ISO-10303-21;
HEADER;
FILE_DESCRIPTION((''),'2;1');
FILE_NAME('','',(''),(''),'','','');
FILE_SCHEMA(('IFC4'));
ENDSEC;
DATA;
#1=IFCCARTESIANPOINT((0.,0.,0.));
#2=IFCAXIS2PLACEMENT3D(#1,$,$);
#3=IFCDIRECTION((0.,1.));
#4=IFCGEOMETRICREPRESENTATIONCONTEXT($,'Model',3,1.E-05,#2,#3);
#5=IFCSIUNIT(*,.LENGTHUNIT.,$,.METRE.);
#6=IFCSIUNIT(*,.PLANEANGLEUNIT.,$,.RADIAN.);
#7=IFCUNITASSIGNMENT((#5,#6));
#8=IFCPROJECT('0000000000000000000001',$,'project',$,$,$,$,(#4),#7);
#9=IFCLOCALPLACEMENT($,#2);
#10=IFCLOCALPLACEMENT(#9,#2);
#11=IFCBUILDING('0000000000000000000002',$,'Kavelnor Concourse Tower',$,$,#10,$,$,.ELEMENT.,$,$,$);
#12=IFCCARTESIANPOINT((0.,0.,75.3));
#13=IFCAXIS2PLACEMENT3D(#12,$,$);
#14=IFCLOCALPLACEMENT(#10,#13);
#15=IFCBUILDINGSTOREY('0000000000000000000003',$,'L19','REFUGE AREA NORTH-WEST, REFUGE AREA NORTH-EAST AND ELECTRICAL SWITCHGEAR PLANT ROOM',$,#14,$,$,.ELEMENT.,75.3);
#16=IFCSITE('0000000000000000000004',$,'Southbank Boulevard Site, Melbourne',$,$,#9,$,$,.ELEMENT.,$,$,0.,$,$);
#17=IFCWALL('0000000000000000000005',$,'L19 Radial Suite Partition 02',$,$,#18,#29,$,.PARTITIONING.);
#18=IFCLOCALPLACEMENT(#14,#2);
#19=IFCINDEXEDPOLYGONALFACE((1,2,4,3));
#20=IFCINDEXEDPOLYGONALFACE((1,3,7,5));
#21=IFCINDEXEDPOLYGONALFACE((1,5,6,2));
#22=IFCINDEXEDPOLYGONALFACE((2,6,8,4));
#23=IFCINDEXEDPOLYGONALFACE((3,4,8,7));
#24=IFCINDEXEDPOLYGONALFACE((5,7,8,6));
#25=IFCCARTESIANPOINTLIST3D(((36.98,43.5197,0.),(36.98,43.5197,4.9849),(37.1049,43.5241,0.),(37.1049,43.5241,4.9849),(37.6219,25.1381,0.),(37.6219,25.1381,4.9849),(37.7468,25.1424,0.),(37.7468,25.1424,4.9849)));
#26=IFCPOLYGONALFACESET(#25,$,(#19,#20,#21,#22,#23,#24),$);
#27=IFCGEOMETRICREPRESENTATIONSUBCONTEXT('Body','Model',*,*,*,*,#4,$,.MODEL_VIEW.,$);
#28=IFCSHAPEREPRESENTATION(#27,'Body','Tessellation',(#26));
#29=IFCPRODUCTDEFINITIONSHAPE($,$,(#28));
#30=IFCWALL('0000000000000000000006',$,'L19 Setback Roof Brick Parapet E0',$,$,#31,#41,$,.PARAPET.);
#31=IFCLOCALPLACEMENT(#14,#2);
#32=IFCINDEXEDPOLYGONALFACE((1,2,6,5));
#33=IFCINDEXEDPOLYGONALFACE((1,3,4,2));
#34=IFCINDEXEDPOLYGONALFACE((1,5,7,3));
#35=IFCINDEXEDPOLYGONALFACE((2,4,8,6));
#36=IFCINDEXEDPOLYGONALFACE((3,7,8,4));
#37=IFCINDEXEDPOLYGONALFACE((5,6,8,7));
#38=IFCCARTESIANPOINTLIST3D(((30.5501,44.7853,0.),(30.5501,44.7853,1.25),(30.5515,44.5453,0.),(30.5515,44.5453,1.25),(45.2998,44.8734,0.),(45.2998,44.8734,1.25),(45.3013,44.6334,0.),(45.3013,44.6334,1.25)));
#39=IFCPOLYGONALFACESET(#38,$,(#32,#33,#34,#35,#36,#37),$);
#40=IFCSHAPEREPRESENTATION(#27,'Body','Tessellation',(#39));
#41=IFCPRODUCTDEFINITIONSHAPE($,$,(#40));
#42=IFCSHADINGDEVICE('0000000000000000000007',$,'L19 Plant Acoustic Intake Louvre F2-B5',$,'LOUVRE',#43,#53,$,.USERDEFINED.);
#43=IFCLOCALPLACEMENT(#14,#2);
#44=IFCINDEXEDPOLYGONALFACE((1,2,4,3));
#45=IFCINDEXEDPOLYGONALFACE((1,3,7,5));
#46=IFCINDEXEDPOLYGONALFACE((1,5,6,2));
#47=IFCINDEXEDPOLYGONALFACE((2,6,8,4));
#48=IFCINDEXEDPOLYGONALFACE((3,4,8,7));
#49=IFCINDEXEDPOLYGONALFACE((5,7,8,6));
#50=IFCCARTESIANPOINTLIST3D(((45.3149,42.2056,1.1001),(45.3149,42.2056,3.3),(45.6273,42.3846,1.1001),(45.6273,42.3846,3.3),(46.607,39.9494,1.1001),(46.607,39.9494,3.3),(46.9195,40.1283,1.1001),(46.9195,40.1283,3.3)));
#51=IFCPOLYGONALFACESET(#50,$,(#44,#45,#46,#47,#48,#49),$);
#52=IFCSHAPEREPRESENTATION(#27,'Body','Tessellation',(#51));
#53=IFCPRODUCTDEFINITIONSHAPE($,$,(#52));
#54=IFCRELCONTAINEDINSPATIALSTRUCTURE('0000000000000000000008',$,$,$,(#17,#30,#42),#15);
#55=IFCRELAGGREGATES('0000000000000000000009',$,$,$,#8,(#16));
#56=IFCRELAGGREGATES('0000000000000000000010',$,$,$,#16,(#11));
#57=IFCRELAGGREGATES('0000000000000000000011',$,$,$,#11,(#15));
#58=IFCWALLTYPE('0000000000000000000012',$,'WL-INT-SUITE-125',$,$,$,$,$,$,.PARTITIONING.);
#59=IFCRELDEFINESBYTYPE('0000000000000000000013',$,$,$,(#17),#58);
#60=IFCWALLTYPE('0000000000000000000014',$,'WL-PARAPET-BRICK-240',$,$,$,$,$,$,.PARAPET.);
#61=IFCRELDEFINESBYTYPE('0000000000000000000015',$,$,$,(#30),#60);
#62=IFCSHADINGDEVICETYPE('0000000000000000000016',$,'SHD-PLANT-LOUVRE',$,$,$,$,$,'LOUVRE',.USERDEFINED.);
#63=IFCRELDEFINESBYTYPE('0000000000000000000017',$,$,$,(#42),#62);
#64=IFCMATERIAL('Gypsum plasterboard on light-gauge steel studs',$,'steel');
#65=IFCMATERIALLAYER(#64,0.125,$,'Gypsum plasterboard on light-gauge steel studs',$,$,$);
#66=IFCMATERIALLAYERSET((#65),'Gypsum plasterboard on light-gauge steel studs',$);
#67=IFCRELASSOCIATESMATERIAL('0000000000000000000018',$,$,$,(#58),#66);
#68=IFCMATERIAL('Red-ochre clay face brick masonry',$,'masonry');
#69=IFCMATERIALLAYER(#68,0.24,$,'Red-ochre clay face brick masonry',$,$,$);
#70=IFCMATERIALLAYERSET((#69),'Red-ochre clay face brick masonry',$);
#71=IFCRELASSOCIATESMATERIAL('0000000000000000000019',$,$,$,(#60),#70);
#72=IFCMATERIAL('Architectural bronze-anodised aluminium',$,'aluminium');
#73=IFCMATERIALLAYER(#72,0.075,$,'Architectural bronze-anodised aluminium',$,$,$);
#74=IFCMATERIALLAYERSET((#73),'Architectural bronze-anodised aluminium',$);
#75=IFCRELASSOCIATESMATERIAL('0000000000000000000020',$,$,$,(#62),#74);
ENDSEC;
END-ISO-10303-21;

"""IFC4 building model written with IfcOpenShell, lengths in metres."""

from ifc_helpers import new_model, si_unit, direction, frame, frame_2d, origin, origin_2d, place, context, subcontext, project, spatial, rectangle, extrude, material, layer, layer_set, type_object, element, save


model = new_model("IFC4")

# Units and contexts
model_context = context("Model", 3, precision=1e-05, world=origin(), true_north=direction((0.0, 1.0)))
body_context = subcontext(model_context, "Body", "Model", "MODEL_VIEW")
ifc_project = project(units=[si_unit("LENGTHUNIT", "METRE"), si_unit("PLANEANGLEUNIT", "RADIAN")], contexts=[model_context])

# Site, building, storey
site_placement = place(None, origin())
site = spatial("IfcSite", under=ifc_project, at=site_placement, Name="Southbank Boulevard Site, Melbourne", CompositionType="ELEMENT", RefElevation=0.0)
building_placement = place(site_placement, origin())
building = spatial("IfcBuilding", under=site, at=building_placement, Name="Kavelnor Concourse Tower", CompositionType="ELEMENT")
storey_placement = place(building_placement, frame((0.0, 0.0, 75.3)))
storey = spatial("IfcBuildingStorey", under=building, at=storey_placement, Name="L19", Description="REFUGE AREA NORTH-WEST, REFUGE AREA NORTH-EAST AND ELECTRICAL SWITCHGEAR PLANT ROOM", CompositionType="ELEMENT", Elevation=75.3)

# Walls
ifc_material_1 = material(Name="Gypsum plasterboard on light-gauge steel studs", Category="steel")
ifc_layer_1 = layer(ifc_material_1, 0.125, Name="Gypsum plasterboard on light-gauge steel studs")
ifc_layer_set_1 = layer_set([ifc_layer_1], Name="Gypsum plasterboard on light-gauge steel studs")
wall_type_1 = type_object("IfcWallType", Name="WL-INT-SUITE-125", PredefinedType="PARTITIONING", material=ifc_layer_set_1)
wall_1_placement = place(storey_placement, frame((37.6843, 25.1404, 0.0), z_axis=(0.0, 0.0, 1.0), x_axis=(-0.034897, 0.999391, 0.0)))
element("IfcWall", 1, at=wall_1_placement, inside=storey, type_object=wall_type_1, Name="L19 Radial Suite Partition 02", PredefinedType="PARTITIONING", context=body_context, shape_type="SweptSolid", body=[
    extrude(rectangle(XDim=18.3928, YDim=0.125, at=frame_2d((9.1963, 0.0))), origin(), (0.0, 0.0, 1.0), 4.9849),
])
ifc_material_2 = material(Name="Red-ochre clay face brick masonry", Category="masonry")
ifc_layer_2 = layer(ifc_material_2, 0.24, Name="Red-ochre clay face brick masonry")
ifc_layer_set_2 = layer_set([ifc_layer_2], Name="Red-ochre clay face brick masonry")
wall_type_2 = type_object("IfcWallType", Name="WL-PARAPET-BRICK-240", PredefinedType="PARAPET", material=ifc_layer_set_2)
wall_2_placement = place(storey_placement, frame((45.3005, 44.7534, 0.0), z_axis=(0.0, 0.0, 1.0), x_axis=(-0.999982, -0.005975, 0.0)))
element("IfcWall", 2, at=wall_2_placement, inside=storey, type_object=wall_type_2, Name="L19 Setback Roof Brick Parapet E0", PredefinedType="PARAPET", context=body_context, shape_type="SweptSolid", body=[
    extrude(rectangle(XDim=14.75, YDim=0.24, at=frame_2d((7.375, 0.0))), origin(), (0.0, 0.0, 1.0), 1.25),
])

# Shading device
ifc_material_3 = material(Name="Architectural bronze-anodised aluminium", Category="aluminium")
ifc_layer_3 = layer(ifc_material_3, 0.075, Name="Architectural bronze-anodised aluminium")
ifc_layer_set_3 = layer_set([ifc_layer_3], Name="Architectural bronze-anodised aluminium")
shading_device_type = type_object("IfcShadingDeviceType", Name="SHD-PLANT-LOUVRE", ElementType="LOUVRE", PredefinedType="USERDEFINED", material=ifc_layer_set_3)
shading_device_placement = place(storey_placement, frame((46.1172, 41.167, 1.1001), z_axis=(0.0, 0.0, 1.0), x_axis=(0.496974, -0.867765, 0.0)))
element("IfcShadingDevice", 3, at=shading_device_placement, inside=storey, type_object=shading_device_type, Name="L19 Plant Acoustic Intake Louvre F2-B5", ObjectType="LOUVRE", PredefinedType="USERDEFINED", context=body_context, shape_type="SweptSolid", body=[
    extrude(rectangle(XDim=2.6001, YDim=0.3601, at=origin_2d()), origin(), (0.0, 0.0, 1.0), 2.2),
])

save(model, "model.ifc")
